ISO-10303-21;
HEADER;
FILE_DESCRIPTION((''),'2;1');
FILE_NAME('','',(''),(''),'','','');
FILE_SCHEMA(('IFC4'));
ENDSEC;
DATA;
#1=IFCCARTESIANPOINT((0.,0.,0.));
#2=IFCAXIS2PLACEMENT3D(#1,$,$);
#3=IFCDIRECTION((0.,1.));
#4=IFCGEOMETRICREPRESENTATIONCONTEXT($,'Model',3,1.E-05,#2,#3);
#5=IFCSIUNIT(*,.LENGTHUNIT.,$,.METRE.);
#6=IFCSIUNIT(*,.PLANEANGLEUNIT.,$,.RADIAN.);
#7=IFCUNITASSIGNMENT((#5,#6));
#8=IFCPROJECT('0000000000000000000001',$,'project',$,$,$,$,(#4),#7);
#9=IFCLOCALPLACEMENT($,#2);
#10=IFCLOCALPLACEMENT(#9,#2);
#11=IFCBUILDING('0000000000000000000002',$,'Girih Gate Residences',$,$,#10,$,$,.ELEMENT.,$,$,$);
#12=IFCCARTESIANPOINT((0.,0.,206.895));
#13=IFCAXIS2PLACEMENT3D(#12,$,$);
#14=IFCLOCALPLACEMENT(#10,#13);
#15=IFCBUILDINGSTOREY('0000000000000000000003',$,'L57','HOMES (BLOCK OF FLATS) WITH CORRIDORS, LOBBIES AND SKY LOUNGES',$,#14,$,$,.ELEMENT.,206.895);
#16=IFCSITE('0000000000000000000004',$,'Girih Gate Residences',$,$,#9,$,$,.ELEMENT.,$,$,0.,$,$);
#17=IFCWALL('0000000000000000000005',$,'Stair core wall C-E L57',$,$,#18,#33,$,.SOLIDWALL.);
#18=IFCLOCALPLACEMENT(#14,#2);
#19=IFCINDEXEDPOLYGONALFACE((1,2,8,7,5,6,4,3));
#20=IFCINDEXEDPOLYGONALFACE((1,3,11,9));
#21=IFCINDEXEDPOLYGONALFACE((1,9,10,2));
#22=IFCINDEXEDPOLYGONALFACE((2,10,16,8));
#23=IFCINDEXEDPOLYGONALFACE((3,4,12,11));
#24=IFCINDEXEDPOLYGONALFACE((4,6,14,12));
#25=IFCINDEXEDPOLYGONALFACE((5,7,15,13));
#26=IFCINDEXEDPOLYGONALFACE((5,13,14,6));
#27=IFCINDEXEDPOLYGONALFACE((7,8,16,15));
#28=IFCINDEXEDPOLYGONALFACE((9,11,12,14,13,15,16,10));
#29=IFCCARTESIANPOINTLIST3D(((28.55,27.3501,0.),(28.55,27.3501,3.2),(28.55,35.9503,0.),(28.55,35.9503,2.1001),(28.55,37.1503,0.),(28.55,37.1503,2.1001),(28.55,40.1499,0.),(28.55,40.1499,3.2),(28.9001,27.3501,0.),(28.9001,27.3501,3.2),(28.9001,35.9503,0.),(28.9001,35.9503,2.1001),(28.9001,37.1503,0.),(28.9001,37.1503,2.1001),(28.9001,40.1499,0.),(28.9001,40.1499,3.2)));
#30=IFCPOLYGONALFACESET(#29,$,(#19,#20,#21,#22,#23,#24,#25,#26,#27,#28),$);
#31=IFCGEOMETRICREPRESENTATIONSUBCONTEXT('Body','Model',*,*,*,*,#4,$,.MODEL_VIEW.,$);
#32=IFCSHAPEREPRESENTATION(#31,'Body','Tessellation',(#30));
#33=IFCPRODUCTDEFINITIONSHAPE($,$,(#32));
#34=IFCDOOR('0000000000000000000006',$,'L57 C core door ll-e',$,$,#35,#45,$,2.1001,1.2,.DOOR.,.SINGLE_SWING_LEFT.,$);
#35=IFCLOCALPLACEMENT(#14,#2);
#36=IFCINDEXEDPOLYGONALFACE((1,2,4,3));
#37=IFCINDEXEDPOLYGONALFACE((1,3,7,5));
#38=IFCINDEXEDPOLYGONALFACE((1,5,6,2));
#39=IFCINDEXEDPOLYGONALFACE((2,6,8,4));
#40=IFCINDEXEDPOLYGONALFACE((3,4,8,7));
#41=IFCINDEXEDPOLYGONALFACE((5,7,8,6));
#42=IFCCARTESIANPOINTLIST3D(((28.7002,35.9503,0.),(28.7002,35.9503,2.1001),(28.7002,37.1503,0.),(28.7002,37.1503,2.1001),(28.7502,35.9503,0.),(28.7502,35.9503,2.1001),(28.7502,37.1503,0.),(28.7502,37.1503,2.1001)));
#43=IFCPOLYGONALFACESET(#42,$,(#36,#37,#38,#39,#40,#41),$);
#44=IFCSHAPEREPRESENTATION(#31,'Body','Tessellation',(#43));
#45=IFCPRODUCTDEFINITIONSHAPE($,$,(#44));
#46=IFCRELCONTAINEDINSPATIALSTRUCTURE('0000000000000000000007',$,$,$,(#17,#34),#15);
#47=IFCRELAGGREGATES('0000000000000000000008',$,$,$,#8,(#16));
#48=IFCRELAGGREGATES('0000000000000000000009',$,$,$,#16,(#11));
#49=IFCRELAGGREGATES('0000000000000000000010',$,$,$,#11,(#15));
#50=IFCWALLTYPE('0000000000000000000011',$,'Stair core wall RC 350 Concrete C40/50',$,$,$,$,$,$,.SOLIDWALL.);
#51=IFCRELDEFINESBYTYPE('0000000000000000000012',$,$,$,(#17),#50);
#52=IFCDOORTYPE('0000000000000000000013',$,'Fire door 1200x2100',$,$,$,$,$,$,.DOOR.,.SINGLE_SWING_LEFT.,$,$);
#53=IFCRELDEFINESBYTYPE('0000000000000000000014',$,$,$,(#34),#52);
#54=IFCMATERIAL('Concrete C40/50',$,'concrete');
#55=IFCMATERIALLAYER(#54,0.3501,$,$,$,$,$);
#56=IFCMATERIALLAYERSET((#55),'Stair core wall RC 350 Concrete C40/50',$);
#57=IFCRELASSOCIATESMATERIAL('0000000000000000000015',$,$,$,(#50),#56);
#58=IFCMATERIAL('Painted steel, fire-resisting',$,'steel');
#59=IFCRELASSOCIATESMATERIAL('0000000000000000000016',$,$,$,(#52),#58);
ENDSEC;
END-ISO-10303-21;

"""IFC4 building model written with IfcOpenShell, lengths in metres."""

from ifc_helpers import new_model, si_unit, direction, frame, frame_2d, origin, place, context, subcontext, project, spatial, rectangle, extrude, material, layer, layer_set, type_object, element, fill, save


model = new_model("IFC4")

# Units and contexts
model_context = context("Model", 3, precision=1e-05, world=origin(), true_north=direction((0.0, 1.0)))
body_context = subcontext(model_context, "Body", "Model", "MODEL_VIEW")
ifc_project = project(units=[si_unit("LENGTHUNIT", "METRE"), si_unit("PLANEANGLEUNIT", "RADIAN")], contexts=[model_context])

# Site, building, storey
site_placement = place(None, origin())
site = spatial("IfcSite", under=ifc_project, at=site_placement, Name="Girih Gate Residences", CompositionType="ELEMENT", RefElevation=0.0)
building_placement = place(site_placement, origin())
building = spatial("IfcBuilding", under=site, at=building_placement, Name="Girih Gate Residences", CompositionType="ELEMENT")
storey_placement = place(building_placement, frame((0.0, 0.0, 206.895)))
storey = spatial("IfcBuildingStorey", under=building, at=storey_placement, Name="L57", Description="HOMES (BLOCK OF FLATS) WITH CORRIDORS, LOBBIES AND SKY LOUNGES", CompositionType="ELEMENT", Elevation=206.895)

# Wall, opening, door
ifc_material_1 = material(Name="Concrete C40/50", Category="concrete")
ifc_layer_1 = layer(ifc_material_1, 0.3501)
ifc_layer_set_1 = layer_set([ifc_layer_1], Name="Stair core wall RC 350 Concrete C40/50")
wall_type_1 = type_object("IfcWallType", Name="Stair core wall RC 350 Concrete C40/50", PredefinedType="SOLIDWALL", material=ifc_layer_set_1)
ifc_material_2 = material(Name="Painted steel, fire-resisting", Category="steel")
door_type_1 = type_object("IfcDoorType", Name="Fire door 1200x2100", OperationType="SINGLE_SWING_LEFT", PredefinedType="DOOR", material=ifc_material_2)
wall_1_placement = place(storey_placement, frame((28.7251, 27.3501, 0.0), z_axis=(0.0, 0.0, 1.0), x_axis=(0.0, 1.0, 0.0)))
wall_1 = element("IfcWall", 1, at=wall_1_placement, inside=storey, type_object=wall_type_1, Name="Stair core wall C-E L57", PredefinedType="SOLIDWALL", context=body_context, shape_type="SweptSolid", body=[
    extrude(rectangle(XDim=12.7998, YDim=0.3501, at=frame_2d((6.3999, 0.0))), origin(), (0.0, 0.0, 1.0), 3.2),
])
opening_1_placement = place(wall_1_placement, frame((8.6001, 0.0, 0.0)))
opening_1 = element("IfcOpeningElement", 2, at=opening_1_placement, cuts=wall_1, PredefinedType="OPENING", context=body_context, shape_type="SweptSolid", body=[
    extrude(rectangle(XDim=1.2, YDim=2.1001, at=frame_2d((0.6001, 1.05))), frame((0.0, 0.1851, 0.0), z_axis=(0.0, -1.0, 0.0), x_axis=(1.0, 0.0, 0.0)), (0.0, 0.0, 1.0), 0.3701),
])
door_1_placement = place(opening_1_placement, origin())
door_1 = element("IfcDoor", 3, at=door_1_placement, inside=storey, type_object=door_type_1, Name="L57 C core door ll-e", OperationType="SINGLE_SWING_LEFT", OverallHeight=2.1001, OverallWidth=1.2, PredefinedType="DOOR", context=body_context, shape_type="SweptSolid", body=[
    extrude(rectangle(XDim=1.2, YDim=2.1001, at=frame_2d((0.6001, 1.05))), frame((0.0, 0.0249, 0.0), z_axis=(0.0, -1.0, 0.0), x_axis=(1.0, 0.0, 0.0)), (0.0, 0.0, 1.0), 0.05),
])
fill(opening_1, door_1)

save(model, "model.ifc")
